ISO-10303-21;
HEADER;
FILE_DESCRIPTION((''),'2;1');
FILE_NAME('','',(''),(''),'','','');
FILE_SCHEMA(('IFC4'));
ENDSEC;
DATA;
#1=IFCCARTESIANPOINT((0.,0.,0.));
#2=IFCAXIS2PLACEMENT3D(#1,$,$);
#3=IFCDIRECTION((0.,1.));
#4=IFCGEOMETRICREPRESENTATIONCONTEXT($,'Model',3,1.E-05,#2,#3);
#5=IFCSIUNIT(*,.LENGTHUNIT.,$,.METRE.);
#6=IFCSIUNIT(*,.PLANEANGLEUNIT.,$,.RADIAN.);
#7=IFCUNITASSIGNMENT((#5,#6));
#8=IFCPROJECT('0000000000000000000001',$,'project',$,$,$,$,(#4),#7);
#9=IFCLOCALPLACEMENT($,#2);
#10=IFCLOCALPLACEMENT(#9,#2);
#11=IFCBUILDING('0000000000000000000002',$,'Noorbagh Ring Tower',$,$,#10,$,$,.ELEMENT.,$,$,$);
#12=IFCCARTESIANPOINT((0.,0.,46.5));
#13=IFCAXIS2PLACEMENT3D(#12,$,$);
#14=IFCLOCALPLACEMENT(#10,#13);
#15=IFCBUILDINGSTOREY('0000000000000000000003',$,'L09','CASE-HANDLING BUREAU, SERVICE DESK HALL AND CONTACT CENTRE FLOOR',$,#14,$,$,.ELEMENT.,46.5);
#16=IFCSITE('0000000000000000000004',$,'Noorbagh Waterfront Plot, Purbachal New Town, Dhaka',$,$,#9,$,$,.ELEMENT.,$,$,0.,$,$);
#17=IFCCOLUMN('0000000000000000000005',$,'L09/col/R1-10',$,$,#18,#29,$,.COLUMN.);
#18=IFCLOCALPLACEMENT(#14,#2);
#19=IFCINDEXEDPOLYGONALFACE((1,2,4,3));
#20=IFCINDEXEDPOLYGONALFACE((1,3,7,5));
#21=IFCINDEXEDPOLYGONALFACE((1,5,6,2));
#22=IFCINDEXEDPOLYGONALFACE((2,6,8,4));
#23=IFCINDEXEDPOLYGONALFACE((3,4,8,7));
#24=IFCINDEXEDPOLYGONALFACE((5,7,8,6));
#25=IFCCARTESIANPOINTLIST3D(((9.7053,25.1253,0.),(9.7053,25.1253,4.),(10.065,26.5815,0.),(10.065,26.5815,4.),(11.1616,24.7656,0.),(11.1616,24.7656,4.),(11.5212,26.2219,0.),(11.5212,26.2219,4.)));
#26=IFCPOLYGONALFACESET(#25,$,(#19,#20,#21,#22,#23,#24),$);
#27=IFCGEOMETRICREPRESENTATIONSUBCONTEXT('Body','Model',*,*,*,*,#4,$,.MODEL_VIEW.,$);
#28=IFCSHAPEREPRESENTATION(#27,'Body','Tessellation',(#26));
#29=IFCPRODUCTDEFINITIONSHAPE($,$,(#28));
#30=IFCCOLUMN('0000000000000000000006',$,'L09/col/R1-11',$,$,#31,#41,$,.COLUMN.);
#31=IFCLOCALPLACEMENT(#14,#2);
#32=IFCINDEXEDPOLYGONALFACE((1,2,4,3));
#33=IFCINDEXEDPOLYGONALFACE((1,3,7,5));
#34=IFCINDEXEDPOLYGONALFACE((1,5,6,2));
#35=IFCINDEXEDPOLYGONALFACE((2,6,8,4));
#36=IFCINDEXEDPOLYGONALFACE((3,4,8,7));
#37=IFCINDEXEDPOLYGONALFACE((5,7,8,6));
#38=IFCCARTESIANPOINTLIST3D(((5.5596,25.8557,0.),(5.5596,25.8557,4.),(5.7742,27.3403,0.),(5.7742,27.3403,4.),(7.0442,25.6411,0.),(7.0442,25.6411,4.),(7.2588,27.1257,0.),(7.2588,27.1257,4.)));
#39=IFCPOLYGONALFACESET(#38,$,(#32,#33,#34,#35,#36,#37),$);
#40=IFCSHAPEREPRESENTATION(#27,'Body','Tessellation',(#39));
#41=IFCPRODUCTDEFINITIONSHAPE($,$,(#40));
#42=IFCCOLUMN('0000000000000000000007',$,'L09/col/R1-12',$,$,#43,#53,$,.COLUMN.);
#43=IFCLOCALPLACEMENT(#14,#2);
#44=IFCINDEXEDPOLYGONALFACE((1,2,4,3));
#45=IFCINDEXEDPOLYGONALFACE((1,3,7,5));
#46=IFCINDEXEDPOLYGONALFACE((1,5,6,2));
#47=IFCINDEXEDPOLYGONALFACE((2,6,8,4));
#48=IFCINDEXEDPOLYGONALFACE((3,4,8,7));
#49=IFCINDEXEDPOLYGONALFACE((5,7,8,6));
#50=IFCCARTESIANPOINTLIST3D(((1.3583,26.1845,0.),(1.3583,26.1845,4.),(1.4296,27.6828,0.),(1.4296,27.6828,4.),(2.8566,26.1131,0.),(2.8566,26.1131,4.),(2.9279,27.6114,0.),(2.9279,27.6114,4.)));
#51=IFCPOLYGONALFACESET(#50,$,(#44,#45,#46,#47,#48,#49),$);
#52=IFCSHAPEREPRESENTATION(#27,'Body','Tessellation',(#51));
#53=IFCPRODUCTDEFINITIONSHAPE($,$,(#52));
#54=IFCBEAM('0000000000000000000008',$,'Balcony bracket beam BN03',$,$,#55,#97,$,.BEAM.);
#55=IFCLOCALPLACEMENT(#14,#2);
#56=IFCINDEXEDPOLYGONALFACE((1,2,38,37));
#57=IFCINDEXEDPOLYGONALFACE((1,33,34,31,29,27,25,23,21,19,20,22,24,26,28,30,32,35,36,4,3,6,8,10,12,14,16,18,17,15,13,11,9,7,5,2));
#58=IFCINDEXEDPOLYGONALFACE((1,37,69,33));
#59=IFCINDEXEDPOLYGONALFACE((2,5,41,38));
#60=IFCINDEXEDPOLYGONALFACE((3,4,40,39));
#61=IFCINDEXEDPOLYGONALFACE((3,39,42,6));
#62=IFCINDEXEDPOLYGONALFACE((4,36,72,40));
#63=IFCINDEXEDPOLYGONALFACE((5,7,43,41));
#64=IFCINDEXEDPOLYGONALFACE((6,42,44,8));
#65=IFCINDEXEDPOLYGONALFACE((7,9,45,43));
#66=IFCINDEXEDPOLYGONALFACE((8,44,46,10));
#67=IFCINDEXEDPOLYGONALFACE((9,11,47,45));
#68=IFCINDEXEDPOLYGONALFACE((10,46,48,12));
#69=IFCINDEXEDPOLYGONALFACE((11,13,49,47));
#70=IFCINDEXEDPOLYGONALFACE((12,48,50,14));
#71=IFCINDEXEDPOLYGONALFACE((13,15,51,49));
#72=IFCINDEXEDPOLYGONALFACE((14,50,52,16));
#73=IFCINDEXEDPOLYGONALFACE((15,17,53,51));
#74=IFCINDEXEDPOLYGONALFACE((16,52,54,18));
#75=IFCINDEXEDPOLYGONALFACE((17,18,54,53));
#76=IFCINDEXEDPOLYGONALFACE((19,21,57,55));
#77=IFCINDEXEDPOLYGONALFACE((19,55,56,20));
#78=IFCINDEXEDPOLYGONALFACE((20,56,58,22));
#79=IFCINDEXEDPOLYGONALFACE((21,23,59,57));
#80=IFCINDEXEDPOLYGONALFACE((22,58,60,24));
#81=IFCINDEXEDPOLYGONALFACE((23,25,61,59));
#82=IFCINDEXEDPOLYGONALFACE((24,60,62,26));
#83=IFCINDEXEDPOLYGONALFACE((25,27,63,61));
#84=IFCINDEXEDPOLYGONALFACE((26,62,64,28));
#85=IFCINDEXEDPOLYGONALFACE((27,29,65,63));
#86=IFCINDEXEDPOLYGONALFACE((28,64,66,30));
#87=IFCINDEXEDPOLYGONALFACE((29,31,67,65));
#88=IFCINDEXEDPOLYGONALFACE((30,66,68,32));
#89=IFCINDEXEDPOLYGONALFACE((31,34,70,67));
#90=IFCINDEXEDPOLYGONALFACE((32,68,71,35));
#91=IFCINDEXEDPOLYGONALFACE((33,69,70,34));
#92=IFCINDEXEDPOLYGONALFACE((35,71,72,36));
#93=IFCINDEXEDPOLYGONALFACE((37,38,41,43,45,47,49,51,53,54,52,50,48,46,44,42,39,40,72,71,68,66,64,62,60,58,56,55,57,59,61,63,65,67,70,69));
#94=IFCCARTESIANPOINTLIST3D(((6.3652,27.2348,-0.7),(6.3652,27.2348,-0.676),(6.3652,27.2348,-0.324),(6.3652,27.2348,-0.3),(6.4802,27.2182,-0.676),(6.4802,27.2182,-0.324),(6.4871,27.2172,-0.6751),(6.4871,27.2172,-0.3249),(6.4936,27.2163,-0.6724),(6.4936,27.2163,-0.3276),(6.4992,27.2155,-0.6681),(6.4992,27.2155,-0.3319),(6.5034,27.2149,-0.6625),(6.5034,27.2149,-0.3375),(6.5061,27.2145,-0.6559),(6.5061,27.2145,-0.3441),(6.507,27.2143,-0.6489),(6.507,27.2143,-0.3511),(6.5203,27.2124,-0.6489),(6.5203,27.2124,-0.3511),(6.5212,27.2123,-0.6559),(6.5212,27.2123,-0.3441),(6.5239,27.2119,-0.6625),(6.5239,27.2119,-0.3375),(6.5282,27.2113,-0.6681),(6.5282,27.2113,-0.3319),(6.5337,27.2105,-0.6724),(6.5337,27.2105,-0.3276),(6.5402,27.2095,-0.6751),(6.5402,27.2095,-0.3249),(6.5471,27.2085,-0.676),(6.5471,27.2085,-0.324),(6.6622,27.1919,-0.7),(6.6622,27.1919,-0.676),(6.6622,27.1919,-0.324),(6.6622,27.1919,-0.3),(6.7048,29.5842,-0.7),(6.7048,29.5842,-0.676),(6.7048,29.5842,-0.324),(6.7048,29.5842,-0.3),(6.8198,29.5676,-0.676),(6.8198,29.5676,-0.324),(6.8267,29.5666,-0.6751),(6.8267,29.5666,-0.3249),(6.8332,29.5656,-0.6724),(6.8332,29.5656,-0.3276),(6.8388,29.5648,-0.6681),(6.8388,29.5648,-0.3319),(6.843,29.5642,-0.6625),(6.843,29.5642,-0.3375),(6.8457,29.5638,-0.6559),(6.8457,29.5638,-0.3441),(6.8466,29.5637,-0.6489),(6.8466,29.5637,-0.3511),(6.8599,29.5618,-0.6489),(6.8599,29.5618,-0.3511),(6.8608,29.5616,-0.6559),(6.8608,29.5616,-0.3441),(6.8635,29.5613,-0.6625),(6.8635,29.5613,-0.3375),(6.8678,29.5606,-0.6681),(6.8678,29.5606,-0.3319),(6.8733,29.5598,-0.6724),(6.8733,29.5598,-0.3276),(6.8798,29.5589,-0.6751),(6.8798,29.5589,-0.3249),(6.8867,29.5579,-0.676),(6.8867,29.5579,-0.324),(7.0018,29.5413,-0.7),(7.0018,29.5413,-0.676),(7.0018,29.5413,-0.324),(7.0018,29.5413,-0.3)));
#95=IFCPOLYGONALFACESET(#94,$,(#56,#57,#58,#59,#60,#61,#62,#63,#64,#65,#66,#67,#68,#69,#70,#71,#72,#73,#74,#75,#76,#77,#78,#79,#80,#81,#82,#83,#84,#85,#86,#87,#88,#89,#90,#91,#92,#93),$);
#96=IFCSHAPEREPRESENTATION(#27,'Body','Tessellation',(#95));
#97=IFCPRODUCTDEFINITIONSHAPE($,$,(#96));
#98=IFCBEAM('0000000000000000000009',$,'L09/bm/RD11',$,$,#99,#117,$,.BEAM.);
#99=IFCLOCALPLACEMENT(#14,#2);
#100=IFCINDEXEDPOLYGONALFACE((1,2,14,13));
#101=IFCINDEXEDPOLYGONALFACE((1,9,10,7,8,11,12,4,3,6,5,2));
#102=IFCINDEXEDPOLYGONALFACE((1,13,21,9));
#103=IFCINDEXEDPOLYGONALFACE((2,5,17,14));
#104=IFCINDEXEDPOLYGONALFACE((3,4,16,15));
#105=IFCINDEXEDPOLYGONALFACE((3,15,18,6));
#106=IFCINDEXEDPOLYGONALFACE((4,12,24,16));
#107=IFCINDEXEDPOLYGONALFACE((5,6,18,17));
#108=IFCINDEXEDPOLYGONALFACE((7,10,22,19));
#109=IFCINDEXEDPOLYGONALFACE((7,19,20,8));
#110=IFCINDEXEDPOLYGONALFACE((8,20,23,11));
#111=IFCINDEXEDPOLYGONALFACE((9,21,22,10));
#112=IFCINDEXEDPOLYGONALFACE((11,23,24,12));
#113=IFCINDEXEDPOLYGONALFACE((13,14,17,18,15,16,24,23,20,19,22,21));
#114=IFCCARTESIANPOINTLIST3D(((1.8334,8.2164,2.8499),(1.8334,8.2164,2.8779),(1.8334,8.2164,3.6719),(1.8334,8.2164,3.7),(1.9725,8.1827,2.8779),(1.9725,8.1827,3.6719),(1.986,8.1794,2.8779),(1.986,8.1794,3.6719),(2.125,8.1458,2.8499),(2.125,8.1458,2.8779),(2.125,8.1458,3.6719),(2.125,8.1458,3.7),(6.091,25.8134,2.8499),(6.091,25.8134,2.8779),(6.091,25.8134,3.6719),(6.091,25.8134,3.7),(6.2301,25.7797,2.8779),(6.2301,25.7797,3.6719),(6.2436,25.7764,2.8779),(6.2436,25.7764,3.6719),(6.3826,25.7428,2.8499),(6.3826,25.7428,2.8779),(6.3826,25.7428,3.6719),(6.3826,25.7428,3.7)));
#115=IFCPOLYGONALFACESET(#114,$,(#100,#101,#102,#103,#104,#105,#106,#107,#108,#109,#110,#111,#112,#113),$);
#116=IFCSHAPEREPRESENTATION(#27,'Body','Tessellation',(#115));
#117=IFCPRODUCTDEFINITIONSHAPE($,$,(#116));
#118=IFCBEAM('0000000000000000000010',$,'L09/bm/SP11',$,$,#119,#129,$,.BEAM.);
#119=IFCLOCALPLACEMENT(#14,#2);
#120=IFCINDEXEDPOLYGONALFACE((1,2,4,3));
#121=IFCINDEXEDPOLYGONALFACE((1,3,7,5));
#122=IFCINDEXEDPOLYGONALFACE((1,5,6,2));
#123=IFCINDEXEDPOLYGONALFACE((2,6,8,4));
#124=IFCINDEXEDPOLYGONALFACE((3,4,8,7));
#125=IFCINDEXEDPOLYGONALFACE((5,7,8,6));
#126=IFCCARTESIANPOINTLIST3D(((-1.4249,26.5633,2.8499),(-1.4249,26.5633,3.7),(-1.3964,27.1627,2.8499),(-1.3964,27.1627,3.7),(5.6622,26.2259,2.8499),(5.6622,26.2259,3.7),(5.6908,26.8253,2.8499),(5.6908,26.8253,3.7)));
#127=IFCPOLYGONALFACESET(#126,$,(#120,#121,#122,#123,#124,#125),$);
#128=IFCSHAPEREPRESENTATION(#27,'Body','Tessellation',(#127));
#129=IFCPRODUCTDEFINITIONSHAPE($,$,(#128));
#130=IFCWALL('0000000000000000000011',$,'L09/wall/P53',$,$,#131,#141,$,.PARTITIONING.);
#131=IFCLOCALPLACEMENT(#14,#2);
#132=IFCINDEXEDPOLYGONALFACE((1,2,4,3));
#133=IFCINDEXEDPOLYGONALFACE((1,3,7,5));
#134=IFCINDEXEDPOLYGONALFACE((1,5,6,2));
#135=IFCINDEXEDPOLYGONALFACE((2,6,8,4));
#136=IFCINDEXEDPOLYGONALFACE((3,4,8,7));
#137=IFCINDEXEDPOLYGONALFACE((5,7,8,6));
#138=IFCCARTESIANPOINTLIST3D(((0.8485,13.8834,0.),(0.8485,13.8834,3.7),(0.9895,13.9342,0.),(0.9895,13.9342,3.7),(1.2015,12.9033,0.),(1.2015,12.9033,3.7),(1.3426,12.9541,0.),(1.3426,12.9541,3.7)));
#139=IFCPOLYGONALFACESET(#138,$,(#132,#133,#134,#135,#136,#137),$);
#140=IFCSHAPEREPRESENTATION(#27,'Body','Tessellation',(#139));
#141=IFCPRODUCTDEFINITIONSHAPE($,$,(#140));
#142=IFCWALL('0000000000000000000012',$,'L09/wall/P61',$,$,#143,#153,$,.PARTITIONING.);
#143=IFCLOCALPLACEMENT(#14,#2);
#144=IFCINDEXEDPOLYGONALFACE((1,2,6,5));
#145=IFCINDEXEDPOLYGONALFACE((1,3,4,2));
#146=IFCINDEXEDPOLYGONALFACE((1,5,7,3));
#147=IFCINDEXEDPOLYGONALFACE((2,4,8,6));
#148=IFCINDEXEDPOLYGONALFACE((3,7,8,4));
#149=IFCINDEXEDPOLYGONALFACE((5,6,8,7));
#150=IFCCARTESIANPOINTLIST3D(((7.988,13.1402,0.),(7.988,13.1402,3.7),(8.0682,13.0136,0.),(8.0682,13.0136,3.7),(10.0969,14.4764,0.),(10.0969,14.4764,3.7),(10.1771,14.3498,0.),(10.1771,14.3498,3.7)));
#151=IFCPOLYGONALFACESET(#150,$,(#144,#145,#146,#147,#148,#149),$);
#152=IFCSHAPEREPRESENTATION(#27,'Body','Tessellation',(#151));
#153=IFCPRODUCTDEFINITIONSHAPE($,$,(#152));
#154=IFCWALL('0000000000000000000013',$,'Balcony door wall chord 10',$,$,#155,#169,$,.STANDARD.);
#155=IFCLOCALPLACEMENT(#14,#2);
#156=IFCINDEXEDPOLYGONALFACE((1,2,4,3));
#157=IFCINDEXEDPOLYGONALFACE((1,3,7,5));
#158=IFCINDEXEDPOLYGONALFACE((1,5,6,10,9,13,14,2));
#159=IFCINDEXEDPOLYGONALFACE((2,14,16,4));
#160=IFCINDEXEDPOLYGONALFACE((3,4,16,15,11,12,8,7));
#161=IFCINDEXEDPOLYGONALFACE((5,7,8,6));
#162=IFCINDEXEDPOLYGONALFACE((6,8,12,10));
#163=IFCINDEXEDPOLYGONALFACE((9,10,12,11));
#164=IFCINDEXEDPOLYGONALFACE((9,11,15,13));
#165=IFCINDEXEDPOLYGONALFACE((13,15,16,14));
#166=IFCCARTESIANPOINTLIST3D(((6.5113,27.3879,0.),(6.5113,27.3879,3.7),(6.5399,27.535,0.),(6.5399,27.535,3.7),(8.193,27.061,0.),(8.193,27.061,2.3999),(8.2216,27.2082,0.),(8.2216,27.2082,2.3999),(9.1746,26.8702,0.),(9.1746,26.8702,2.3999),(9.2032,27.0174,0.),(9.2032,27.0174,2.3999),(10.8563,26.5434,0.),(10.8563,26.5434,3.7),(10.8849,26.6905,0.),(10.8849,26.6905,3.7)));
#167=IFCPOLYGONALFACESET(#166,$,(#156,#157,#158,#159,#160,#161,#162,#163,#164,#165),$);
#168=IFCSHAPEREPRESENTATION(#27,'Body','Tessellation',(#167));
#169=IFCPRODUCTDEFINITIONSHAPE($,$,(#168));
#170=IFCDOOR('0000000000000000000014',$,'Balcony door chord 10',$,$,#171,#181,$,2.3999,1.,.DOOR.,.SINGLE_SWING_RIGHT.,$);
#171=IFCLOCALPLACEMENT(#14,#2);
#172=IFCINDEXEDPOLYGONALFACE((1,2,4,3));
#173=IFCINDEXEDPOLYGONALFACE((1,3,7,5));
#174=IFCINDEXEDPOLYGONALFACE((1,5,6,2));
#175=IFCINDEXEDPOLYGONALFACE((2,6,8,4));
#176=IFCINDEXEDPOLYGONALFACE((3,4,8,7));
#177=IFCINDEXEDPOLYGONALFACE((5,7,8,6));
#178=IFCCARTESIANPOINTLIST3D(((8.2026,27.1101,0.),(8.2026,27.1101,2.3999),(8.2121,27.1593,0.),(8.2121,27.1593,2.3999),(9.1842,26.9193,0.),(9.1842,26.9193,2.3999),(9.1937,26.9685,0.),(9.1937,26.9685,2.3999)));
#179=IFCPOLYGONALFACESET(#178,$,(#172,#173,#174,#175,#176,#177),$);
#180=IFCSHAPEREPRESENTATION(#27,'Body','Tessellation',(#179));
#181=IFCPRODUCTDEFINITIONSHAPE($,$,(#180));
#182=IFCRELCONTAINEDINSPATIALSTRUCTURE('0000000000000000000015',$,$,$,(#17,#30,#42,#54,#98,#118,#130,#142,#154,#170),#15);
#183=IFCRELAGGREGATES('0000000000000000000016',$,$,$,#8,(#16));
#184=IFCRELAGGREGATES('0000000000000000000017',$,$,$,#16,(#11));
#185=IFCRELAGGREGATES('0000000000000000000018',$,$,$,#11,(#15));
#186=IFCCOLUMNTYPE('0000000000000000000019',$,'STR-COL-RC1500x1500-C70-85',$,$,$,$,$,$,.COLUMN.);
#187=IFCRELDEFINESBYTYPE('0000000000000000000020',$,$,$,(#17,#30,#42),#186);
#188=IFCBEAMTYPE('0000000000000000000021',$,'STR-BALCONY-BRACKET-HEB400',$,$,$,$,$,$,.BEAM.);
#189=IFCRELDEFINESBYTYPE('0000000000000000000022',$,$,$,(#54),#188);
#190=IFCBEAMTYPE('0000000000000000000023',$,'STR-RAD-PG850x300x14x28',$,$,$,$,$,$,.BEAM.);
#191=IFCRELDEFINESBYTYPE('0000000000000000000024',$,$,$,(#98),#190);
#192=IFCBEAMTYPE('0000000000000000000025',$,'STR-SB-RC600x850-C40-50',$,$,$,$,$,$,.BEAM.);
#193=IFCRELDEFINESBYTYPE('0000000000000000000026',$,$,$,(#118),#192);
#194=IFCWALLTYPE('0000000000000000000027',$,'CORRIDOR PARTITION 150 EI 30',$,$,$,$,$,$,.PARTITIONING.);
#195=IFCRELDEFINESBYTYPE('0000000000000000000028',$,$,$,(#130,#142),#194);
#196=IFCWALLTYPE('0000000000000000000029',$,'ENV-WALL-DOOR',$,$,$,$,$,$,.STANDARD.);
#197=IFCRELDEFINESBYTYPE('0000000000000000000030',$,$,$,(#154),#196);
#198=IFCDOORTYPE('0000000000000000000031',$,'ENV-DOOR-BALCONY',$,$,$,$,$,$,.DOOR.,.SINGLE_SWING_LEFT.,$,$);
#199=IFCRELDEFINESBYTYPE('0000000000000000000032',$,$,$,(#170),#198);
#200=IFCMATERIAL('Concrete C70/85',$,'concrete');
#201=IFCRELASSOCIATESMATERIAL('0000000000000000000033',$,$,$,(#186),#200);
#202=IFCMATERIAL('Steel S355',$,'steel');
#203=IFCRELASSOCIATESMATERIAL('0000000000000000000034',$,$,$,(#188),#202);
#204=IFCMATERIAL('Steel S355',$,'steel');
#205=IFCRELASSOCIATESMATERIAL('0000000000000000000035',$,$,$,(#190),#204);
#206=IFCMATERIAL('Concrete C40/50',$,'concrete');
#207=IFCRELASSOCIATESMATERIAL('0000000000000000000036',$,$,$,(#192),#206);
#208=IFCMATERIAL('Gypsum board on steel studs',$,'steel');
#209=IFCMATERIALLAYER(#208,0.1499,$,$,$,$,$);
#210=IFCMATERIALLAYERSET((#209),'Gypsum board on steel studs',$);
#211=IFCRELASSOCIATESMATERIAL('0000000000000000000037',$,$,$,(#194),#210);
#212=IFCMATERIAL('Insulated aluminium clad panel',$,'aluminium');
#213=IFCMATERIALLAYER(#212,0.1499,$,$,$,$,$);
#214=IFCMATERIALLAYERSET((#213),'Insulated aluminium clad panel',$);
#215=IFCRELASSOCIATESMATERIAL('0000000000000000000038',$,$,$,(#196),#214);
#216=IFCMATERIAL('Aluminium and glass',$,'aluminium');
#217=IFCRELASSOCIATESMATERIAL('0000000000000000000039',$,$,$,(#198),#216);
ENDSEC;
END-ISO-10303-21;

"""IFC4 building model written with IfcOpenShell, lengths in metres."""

from ifc_helpers import new_model, si_unit, direction, frame, frame_2d, origin, origin_2d, place, context, subcontext, project, spatial, rectangle, i_section, extrude, material, layer, layer_set, material_profile, profile_set, type_object, element, fill, save


model = new_model("IFC4")

# Units and contexts
model_context = context("Model", 3, precision=1e-05, world=origin(), true_north=direction((0.0, 1.0)))
body_context = subcontext(model_context, "Body", "Model", "MODEL_VIEW")
ifc_project = project(units=[si_unit("LENGTHUNIT", "METRE"), si_unit("PLANEANGLEUNIT", "RADIAN")], contexts=[model_context])

# Site, building, storey
site_placement = place(None, origin())
site = spatial("IfcSite", under=ifc_project, at=site_placement, Name="Noorbagh Waterfront Plot, Purbachal New Town, Dhaka", CompositionType="ELEMENT", RefElevation=0.0)
building_placement = place(site_placement, origin())
building = spatial("IfcBuilding", under=site, at=building_placement, Name="Noorbagh Ring Tower", CompositionType="ELEMENT")
storey_placement = place(building_placement, frame((0.0, 0.0, 46.5)))
storey = spatial("IfcBuildingStorey", under=building, at=storey_placement, Name="L09", Description="CASE-HANDLING BUREAU, SERVICE DESK HALL AND CONTACT CENTRE FLOOR", CompositionType="ELEMENT", Elevation=46.5)

# Columns
ifc_material_1 = material(Name="Concrete C70/85", Category="concrete")
ifc_material_profile_1 = material_profile(ifc_material_1, rectangle(XDim=1.5, YDim=1.5, at=origin_2d()), Name="RC1500x1500")
ifc_profile_set_1 = profile_set([ifc_material_profile_1], Name="Concrete C70/85")
column_type = type_object("IfcColumnType", Name="STR-COL-RC1500x1500-C70-85", PredefinedType="COLUMN", material=ifc_profile_set_1)
for number, where, z_axis, x_axis, name in (
    (1, (10.6133, 25.6736, 0.0), (0.0, 0.0, 1.0), (-0.970829, 0.239771, 0.0), "L09/col/R1-10"),
    (2, (6.4092, 26.4907, 0.0), (0.0, 0.0, 1.0), (-0.989713, 0.143066, 0.0), "L09/col/R1-11"),
    (3, (2.1431, 26.8979, 0.0), (0.0, 0.0, 1.0), (-0.998869, 0.047553, 0.0), "L09/col/R1-12"),
):
    element("IfcColumn", number, at=place(storey_placement, frame(where, z_axis=z_axis, x_axis=x_axis)), inside=storey, type_object=column_type, Name=name, PredefinedType="COLUMN", context=body_context, shape_type="SweptSolid", body=[
        extrude(rectangle(XDim=1.5, YDim=1.5, at=origin_2d()), origin(), (0.0, 0.0, 1.0), 4.0),
    ])

# Beams
ifc_material_2 = material(Name="Steel S355", Category="steel")
ifc_material_profile_2 = material_profile(ifc_material_2, i_section(OverallWidth=0.3, OverallDepth=0.3999, WebThickness=0.0134, FlangeThickness=0.0239, FilletRadius=0.0271, at=origin_2d()), Name="HEB400")
ifc_profile_set_2 = profile_set([ifc_material_profile_2], Name="Steel S355")
beam_type_1 = type_object("IfcBeamType", Name="STR-BALCONY-BRACKET-HEB400", PredefinedType="BEAM", material=ifc_profile_set_2)
beam_1_placement = place(storey_placement, frame((6.5137, 27.2134, -0.5), z_axis=(0.143063, 0.989714, 0.0), x_axis=(-0.989714, 0.143063, 0.0)))
element("IfcBeam", 4, at=beam_1_placement, inside=storey, type_object=beam_type_1, Name="Balcony bracket beam BN03", PredefinedType="BEAM", context=body_context, shape_type="SweptSolid", body=[
    extrude(i_section(OverallWidth=0.3, OverallDepth=0.3999, WebThickness=0.0134, FlangeThickness=0.0239, FilletRadius=0.0271, at=origin_2d()), origin(), (0.0, 0.0, 1.0), 2.3738),
])
ifc_material_3 = material(Name="Steel S355", Category="steel")
ifc_material_profile_3 = material_profile(ifc_material_3, i_section(OverallWidth=0.3, OverallDepth=0.8501, WebThickness=0.0139, FlangeThickness=0.0281, at=origin_2d()), Name="PG850x300x14x28")
ifc_profile_set_3 = profile_set([ifc_material_profile_3], Name="Steel S355")
beam_type_2 = type_object("IfcBeamType", Name="STR-RAD-PG850x300x14x28", PredefinedType="BEAM", material=ifc_profile_set_3)
beam_2_placement = place(storey_placement, frame((6.2368, 25.7781, 3.2749), z_axis=(-0.235164, -0.971956, 0.0), x_axis=(0.971956, -0.235164, 0.0)))
element("IfcBeam", 5, at=beam_2_placement, inside=storey, type_object=beam_type_2, Name="L09/bm/RD11", PredefinedType="BEAM", context=body_context, shape_type="SweptSolid", body=[
    extrude(i_section(OverallWidth=0.3, OverallDepth=0.8501, WebThickness=0.0139, FlangeThickness=0.0281, at=origin_2d()), origin(), (0.0, 0.0, 1.0), 18.1047),
])
ifc_material_4 = material(Name="Concrete C40/50", Category="concrete")
ifc_material_profile_4 = material_profile(ifc_material_4, rectangle(XDim=0.6001, YDim=0.8501, at=origin_2d()), Name="RC600x850")
ifc_profile_set_4 = profile_set([ifc_material_profile_4], Name="Concrete C40/50")
beam_type_3 = type_object("IfcBeamType", Name="STR-SB-RC600x850-C40-50", PredefinedType="BEAM", material=ifc_profile_set_4)
beam_3_placement = place(storey_placement, frame((5.6765, 26.5256, 3.2749), z_axis=(-0.998869, 0.047554, 0.0), x_axis=(-0.047554, -0.998869, 0.0)))
element("IfcBeam", 6, at=beam_3_placement, inside=storey, type_object=beam_type_3, Name="L09/bm/SP11", PredefinedType="BEAM", context=body_context, shape_type="SweptSolid", body=[
    extrude(rectangle(XDim=0.6001, YDim=0.8501, at=origin_2d()), origin(), (0.0, 0.0, 1.0), 7.0952),
])

# Walls
ifc_material_5 = material(Name="Gypsum board on steel studs", Category="steel")
ifc_layer_1 = layer(ifc_material_5, 0.1499)
ifc_layer_set_1 = layer_set([ifc_layer_1], Name="Gypsum board on steel studs")
wall_type_1 = type_object("IfcWallType", Name="CORRIDOR PARTITION 150 EI 30", PredefinedType="PARTITIONING", material=ifc_layer_set_1)
wall_1_placement = place(storey_placement, frame((0.9189, 13.9089, 0.0), z_axis=(0.0, 0.0, 1.0), x_axis=(0.338919, -0.940816, 0.0)))
element("IfcWall", 7, at=wall_1_placement, inside=storey, type_object=wall_type_1, Name="L09/wall/P53", PredefinedType="PARTITIONING", context=body_context, shape_type="SweptSolid", body=[
    extrude(rectangle(XDim=1.0417, YDim=0.1499, at=frame_2d((0.521, 0.0))), origin(), (0.0, 0.0, 1.0), 3.7),
])
wall_2_placement = place(storey_placement, frame((8.0281, 13.0769, 0.0), z_axis=(0.0, 0.0, 1.0), x_axis=(0.844719, 0.53521, 0.0)))
element("IfcWall", 8, at=wall_2_placement, inside=storey, type_object=wall_type_1, Name="L09/wall/P61", PredefinedType="PARTITIONING", context=body_context, shape_type="SweptSolid", body=[
    extrude(rectangle(XDim=2.4966, YDim=0.1499, at=frame_2d((1.2483, 0.0))), origin(), (0.0, 0.0, 1.0), 3.7),
])

# Wall, opening, door
ifc_material_6 = material(Name="Insulated aluminium clad panel", Category="aluminium")
ifc_layer_2 = layer(ifc_material_6, 0.1499)
ifc_layer_set_2 = layer_set([ifc_layer_2], Name="Insulated aluminium clad panel")
wall_type_2 = type_object("IfcWallType", Name="ENV-WALL-DOOR", PredefinedType="STANDARD", material=ifc_layer_set_2)
wall_3_placement = place(storey_placement, frame((10.8706, 26.6169, 0.0), z_axis=(0.0, 0.0, 1.0), x_axis=(-0.981631, 0.190788, 0.0)))
wall_3 = element("IfcWall", 9, at=wall_3_placement, inside=storey, type_object=wall_type_2, Name="Balcony door wall chord 10", PredefinedType="STANDARD", context=body_context, shape_type="SweptSolid", body=[
    extrude(rectangle(XDim=4.4263, YDim=0.1499, at=frame_2d((2.2131, 0.0))), origin(), (0.0, 0.0, 1.0), 3.7),
])
opening_placement = place(wall_3_placement, frame((1.7131, 0.0, 0.0)))
opening = element("IfcOpeningElement", 10, at=opening_placement, cuts=wall_3, PredefinedType="OPENING", context=body_context, shape_type="SweptSolid", body=[
    extrude(rectangle(XDim=1.0, YDim=2.3999, at=frame_2d((0.5, 1.2))), frame((0.0, 0.085, 0.0), z_axis=(0.0, -1.0, 0.0), x_axis=(1.0, 0.0, 0.0)), (0.0, 0.0, 1.0), 0.1699),
])
ifc_material_7 = material(Name="Aluminium and glass", Category="aluminium")
door_type = type_object("IfcDoorType", Name="ENV-DOOR-BALCONY", OperationType="SINGLE_SWING_LEFT", PredefinedType="DOOR", material=ifc_material_7)
door_placement = place(opening_placement, origin())
door = element("IfcDoor", 11, at=door_placement, inside=storey, type_object=door_type, Name="Balcony door chord 10", OperationType="SINGLE_SWING_RIGHT", OverallHeight=2.3999, OverallWidth=1.0, PredefinedType="DOOR", context=body_context, shape_type="SweptSolid", body=[
    extrude(rectangle(XDim=1.0, YDim=2.3999, at=frame_2d((0.5, 1.2))), frame((0.0, 0.0249, 0.0), z_axis=(0.0, -1.0, 0.0), x_axis=(1.0, 0.0, 0.0)), (0.0, 0.0, 1.0), 0.05),
])
fill(opening, door)

save(model, "model.ifc")
